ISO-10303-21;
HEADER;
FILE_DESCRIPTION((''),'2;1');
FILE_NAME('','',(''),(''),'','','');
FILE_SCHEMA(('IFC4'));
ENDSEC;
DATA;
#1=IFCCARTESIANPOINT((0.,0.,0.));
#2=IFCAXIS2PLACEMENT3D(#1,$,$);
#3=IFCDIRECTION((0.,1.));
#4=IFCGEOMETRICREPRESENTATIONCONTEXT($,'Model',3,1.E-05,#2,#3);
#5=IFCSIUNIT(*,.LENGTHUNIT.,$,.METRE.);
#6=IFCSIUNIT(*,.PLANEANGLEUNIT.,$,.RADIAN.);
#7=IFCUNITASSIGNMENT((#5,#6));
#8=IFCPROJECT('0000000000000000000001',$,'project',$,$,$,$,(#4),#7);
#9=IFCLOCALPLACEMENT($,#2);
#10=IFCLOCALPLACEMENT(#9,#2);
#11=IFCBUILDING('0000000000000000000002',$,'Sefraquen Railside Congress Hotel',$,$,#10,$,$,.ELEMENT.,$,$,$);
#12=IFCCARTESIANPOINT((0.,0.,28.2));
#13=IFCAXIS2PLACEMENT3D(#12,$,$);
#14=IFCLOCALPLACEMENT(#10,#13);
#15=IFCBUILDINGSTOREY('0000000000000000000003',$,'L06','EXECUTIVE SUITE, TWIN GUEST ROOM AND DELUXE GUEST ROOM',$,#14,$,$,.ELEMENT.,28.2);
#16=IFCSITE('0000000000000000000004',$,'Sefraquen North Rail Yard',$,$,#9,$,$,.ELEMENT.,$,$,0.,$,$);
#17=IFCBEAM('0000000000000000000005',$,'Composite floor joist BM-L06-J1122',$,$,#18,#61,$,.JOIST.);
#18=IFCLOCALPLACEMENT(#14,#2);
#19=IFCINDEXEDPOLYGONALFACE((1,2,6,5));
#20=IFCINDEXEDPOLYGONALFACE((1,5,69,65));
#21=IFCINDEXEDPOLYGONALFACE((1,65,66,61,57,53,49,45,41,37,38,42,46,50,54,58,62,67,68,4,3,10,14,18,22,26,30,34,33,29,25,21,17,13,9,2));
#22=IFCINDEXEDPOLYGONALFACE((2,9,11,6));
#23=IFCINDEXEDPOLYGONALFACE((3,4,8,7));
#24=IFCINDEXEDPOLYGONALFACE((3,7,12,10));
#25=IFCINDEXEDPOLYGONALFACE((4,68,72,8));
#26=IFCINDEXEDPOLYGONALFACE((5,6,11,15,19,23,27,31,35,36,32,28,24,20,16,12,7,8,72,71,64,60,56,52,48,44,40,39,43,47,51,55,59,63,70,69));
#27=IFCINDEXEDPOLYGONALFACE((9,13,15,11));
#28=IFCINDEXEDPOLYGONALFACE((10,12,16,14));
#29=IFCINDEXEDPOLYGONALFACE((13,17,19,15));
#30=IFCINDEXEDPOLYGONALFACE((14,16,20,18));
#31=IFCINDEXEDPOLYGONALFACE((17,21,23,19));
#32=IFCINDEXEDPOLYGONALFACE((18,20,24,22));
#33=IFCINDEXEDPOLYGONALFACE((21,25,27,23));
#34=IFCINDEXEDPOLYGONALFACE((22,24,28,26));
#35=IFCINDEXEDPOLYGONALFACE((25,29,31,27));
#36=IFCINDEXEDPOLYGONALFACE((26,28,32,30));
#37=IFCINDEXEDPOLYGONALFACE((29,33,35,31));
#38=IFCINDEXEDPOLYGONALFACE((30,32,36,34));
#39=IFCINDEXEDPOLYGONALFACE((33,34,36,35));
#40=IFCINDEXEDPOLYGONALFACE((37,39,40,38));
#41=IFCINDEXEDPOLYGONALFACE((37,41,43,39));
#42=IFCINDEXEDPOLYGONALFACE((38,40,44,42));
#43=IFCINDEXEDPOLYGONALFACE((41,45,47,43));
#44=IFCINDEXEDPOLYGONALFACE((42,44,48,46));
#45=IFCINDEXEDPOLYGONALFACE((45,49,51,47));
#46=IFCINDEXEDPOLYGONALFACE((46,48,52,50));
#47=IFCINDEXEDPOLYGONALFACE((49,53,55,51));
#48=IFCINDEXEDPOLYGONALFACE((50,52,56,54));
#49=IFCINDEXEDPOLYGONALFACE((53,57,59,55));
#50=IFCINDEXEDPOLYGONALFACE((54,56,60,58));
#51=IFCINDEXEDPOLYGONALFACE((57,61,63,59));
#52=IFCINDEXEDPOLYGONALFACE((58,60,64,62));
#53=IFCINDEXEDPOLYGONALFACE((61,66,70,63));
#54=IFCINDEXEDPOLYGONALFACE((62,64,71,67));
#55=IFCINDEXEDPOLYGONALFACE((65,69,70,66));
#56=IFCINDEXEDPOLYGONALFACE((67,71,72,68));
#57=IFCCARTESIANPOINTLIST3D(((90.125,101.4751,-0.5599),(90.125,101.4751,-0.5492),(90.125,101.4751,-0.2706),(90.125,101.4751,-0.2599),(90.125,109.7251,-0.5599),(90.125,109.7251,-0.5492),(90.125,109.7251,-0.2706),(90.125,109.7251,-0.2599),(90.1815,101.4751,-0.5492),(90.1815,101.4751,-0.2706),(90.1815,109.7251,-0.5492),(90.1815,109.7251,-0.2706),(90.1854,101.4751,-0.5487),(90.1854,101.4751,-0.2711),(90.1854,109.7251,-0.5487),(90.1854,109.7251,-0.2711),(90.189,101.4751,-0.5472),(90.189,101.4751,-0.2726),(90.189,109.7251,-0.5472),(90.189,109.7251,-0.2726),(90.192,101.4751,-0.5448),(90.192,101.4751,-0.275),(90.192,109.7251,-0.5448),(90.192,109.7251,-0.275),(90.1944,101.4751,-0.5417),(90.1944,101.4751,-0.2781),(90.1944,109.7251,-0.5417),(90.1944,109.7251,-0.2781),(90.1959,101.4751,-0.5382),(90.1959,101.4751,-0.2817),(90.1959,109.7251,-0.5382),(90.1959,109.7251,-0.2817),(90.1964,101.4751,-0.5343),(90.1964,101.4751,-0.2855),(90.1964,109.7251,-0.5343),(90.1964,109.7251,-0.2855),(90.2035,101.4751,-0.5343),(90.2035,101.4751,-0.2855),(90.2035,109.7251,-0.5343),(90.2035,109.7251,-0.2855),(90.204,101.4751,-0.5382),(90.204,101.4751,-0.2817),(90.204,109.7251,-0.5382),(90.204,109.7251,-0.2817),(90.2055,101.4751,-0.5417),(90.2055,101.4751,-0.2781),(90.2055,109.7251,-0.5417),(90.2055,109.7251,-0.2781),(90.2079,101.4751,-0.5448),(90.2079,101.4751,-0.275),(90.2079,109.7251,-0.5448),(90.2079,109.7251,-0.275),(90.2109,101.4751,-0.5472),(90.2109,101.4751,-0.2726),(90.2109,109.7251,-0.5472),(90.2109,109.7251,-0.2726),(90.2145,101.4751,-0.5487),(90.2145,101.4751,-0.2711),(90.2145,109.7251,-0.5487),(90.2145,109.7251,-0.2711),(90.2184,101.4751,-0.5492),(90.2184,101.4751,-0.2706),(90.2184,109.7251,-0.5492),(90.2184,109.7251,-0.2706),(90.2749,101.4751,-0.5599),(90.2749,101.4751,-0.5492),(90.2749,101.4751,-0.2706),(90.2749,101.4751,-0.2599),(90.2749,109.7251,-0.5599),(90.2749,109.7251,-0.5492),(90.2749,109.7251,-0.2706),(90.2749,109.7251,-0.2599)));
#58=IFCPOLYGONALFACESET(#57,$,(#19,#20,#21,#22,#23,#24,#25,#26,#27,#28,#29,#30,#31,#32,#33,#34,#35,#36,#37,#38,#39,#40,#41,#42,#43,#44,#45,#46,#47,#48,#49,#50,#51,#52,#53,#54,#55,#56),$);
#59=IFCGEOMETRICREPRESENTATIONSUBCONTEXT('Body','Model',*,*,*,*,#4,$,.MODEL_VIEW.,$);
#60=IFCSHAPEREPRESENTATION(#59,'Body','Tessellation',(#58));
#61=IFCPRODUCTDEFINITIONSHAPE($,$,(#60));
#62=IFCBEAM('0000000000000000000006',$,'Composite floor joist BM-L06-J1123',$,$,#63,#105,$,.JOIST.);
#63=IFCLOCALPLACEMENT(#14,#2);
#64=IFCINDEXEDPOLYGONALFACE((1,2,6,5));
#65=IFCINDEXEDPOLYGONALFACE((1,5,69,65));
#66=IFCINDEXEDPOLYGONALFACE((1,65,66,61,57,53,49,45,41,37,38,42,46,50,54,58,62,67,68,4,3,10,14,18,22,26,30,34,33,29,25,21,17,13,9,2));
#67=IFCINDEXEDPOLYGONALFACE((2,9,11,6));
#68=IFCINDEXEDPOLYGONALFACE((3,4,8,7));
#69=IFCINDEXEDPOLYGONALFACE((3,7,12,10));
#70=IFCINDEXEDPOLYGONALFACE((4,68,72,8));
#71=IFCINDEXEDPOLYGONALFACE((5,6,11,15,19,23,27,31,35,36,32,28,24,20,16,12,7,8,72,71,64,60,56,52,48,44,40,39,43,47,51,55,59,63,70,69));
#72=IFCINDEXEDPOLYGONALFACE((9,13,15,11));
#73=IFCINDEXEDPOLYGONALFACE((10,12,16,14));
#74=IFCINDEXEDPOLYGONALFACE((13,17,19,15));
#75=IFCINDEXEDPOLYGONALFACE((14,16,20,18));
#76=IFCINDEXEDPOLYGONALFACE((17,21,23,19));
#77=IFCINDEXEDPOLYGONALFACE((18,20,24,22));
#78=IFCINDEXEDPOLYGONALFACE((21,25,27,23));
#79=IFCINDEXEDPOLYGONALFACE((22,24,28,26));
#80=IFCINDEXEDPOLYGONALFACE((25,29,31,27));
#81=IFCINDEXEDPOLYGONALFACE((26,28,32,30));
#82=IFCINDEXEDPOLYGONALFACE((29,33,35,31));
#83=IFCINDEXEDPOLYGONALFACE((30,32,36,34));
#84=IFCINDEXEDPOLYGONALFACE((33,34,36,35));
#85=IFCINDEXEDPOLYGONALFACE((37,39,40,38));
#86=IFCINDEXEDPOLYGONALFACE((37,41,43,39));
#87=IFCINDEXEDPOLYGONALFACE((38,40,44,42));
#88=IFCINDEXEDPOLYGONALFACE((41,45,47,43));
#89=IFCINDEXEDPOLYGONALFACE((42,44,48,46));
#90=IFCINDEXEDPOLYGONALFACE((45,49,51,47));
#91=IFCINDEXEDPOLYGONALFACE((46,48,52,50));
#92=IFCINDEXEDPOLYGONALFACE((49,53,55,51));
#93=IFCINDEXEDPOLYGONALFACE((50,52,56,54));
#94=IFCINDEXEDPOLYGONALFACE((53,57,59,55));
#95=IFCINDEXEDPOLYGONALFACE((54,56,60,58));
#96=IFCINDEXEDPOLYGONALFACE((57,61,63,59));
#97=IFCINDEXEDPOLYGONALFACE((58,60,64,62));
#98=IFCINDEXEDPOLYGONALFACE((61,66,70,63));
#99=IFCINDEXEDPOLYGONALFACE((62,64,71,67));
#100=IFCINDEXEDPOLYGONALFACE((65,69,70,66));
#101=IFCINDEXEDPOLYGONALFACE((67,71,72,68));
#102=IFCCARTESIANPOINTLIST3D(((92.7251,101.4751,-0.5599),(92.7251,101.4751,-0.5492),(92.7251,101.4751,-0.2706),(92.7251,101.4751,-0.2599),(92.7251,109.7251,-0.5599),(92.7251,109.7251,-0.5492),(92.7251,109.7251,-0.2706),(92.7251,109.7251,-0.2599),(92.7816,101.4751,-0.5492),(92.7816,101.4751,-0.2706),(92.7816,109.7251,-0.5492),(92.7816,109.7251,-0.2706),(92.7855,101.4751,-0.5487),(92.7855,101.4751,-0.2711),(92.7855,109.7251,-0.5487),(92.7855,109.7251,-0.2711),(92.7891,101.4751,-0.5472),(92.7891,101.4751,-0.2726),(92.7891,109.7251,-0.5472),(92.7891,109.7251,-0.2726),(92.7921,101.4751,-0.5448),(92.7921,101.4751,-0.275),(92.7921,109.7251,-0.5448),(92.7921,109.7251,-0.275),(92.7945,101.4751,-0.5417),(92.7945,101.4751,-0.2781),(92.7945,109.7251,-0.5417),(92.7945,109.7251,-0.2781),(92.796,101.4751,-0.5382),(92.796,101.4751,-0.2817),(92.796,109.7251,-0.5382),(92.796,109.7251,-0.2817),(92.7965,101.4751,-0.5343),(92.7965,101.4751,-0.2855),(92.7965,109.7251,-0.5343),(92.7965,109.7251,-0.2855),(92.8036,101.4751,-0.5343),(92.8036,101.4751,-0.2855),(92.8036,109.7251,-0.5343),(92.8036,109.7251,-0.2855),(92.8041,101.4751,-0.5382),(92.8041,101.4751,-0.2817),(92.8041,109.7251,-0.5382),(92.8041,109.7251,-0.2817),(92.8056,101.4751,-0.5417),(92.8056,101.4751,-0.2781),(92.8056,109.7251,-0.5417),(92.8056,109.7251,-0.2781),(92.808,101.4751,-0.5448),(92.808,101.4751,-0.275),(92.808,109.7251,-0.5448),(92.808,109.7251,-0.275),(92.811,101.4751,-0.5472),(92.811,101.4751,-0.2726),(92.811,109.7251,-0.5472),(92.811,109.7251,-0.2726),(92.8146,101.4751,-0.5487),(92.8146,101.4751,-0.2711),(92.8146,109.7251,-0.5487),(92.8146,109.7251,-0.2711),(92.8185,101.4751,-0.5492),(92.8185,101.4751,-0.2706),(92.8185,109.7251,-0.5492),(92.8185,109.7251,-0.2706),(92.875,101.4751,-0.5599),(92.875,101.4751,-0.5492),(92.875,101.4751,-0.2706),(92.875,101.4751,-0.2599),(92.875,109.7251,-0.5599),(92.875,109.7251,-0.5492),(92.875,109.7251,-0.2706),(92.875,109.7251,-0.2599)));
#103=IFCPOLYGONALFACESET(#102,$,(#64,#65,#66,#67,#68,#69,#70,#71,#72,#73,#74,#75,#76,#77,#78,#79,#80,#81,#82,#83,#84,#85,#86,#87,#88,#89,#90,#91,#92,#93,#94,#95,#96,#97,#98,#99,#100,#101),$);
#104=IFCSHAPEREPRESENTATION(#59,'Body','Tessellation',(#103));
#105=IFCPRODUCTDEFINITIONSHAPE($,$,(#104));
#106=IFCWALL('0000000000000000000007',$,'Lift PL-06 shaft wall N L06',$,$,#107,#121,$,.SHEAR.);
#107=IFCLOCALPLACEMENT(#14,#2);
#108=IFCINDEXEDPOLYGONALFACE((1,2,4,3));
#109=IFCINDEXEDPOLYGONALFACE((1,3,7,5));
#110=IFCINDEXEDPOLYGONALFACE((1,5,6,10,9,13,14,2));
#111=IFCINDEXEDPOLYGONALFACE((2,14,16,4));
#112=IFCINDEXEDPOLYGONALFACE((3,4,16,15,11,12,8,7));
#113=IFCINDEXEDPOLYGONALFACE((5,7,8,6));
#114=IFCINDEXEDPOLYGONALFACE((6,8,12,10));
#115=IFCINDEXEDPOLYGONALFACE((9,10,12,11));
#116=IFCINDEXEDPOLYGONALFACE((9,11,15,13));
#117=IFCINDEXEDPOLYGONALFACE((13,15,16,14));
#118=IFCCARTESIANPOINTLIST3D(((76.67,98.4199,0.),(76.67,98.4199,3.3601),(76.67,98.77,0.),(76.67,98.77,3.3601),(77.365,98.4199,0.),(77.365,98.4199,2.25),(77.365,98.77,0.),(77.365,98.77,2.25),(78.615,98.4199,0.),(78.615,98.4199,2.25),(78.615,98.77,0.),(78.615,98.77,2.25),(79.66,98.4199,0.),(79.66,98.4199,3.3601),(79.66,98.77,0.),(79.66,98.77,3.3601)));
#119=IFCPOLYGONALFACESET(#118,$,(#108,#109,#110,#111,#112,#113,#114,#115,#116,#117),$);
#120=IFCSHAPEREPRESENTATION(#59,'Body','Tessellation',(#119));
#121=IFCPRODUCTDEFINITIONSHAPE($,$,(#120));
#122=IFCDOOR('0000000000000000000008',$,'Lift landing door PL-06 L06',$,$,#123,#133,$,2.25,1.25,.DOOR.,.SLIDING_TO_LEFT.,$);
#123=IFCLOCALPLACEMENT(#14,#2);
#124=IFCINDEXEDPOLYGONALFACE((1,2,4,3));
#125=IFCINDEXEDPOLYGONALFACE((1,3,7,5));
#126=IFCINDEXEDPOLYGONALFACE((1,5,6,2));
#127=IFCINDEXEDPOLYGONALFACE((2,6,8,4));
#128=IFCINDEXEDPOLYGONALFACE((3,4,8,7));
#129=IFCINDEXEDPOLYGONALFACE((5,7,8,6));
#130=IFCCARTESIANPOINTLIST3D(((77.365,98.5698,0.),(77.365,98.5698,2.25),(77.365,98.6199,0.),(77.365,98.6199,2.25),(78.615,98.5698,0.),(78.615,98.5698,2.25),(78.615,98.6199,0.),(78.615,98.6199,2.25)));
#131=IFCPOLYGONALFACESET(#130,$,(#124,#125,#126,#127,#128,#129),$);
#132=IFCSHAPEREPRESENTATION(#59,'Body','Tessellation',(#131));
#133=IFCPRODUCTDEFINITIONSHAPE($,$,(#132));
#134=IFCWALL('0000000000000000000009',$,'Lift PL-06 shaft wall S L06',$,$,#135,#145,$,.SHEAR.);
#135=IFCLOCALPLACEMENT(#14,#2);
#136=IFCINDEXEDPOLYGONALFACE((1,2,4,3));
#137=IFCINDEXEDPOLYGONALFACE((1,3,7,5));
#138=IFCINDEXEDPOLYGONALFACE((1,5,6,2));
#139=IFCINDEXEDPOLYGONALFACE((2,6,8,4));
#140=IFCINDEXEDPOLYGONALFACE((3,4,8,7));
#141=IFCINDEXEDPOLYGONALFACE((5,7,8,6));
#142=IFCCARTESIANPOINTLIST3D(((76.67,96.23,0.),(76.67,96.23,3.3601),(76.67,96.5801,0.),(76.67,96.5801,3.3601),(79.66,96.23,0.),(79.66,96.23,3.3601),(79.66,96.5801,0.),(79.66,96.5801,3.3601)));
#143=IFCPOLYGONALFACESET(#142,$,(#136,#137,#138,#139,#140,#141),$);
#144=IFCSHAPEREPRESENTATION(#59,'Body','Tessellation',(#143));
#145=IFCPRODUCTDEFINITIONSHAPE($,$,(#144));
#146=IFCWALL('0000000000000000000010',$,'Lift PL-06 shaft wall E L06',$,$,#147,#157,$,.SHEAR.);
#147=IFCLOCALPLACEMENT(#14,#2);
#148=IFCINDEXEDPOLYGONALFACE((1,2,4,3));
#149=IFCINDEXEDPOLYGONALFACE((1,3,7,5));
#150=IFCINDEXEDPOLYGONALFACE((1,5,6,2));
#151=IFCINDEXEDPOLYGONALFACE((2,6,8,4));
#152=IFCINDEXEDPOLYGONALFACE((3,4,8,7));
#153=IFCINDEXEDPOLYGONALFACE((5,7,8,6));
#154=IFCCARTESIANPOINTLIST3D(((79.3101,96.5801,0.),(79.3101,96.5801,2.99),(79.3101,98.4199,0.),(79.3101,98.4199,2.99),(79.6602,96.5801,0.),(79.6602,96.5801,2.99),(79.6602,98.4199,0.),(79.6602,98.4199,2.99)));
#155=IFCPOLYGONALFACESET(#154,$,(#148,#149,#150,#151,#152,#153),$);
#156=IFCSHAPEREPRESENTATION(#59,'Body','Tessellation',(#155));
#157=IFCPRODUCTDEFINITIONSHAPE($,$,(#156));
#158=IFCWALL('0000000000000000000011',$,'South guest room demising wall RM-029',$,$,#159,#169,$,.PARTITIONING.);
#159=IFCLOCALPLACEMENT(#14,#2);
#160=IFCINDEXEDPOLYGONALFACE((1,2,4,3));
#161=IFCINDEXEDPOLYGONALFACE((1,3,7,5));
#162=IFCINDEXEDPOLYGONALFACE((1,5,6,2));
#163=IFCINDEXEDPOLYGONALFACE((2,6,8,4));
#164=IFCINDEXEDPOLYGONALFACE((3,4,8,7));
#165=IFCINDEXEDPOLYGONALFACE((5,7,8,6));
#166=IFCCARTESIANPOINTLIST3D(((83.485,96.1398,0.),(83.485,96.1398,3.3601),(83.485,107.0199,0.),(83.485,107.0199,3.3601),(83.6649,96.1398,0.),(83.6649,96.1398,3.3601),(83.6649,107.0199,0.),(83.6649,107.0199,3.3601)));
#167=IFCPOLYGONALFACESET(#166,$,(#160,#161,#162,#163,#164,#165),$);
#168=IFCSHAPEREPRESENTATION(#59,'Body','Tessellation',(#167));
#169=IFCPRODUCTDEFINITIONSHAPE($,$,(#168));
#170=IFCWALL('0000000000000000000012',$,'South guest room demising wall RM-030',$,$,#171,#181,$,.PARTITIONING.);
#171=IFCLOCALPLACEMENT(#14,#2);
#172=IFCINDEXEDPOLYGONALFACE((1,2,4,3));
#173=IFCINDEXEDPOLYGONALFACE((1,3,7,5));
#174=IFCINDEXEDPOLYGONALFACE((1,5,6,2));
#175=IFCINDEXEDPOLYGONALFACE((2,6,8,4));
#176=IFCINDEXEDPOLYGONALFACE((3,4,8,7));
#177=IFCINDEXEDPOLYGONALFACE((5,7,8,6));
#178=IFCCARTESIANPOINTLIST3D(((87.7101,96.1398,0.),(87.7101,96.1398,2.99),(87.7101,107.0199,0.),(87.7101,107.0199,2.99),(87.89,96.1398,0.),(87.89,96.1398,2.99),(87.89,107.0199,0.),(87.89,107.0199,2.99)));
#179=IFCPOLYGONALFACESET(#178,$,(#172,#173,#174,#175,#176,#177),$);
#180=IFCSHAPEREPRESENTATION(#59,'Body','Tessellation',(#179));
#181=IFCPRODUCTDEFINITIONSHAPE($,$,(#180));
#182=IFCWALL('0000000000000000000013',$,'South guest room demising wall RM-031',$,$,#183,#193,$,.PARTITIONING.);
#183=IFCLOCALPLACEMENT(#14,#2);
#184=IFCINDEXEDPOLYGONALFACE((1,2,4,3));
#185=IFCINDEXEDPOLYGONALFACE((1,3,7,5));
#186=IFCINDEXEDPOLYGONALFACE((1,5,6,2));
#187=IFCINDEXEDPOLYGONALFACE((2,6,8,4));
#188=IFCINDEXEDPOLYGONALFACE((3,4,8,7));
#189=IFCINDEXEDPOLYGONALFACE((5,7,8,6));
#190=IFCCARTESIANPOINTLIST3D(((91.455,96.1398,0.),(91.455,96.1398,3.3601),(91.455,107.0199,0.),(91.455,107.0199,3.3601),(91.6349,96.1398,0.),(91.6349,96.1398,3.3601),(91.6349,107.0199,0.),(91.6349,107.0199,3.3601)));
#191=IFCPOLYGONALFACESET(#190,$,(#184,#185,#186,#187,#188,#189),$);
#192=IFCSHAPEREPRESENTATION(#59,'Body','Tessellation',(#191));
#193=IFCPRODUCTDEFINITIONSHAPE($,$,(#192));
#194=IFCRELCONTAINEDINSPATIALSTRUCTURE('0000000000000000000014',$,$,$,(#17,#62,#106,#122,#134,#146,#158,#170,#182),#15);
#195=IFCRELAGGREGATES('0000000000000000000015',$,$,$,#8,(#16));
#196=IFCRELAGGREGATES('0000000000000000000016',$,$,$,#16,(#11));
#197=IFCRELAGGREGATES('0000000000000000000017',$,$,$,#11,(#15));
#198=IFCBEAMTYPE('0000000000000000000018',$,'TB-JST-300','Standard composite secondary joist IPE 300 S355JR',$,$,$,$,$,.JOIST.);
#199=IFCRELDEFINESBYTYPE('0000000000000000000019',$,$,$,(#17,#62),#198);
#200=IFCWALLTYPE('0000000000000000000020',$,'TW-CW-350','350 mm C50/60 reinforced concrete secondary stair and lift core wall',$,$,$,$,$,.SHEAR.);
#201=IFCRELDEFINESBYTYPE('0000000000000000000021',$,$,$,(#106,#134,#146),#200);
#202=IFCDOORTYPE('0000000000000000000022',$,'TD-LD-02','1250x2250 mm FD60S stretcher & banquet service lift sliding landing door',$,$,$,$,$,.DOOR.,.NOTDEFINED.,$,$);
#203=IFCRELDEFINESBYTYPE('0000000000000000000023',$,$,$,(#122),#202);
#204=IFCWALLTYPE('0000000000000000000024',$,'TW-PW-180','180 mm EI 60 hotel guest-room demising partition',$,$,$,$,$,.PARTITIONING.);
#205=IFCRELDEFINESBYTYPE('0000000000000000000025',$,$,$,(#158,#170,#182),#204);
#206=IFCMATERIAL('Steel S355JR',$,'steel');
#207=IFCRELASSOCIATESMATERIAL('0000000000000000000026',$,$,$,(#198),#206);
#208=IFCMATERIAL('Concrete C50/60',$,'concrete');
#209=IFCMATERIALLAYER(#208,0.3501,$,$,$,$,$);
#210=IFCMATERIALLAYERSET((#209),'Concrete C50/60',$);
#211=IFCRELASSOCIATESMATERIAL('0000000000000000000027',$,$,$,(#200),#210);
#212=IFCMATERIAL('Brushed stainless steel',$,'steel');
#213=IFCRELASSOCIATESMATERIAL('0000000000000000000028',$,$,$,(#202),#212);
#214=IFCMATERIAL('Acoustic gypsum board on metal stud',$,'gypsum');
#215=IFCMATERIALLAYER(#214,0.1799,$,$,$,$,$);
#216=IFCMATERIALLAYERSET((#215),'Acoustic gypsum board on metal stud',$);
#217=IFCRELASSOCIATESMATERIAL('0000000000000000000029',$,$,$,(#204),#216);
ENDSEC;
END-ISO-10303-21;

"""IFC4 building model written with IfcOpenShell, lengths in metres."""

from ifc_helpers import new_model, si_unit, direction, frame, frame_2d, origin, origin_2d, place, context, subcontext, project, spatial, rectangle, i_section, extrude, material, layer, layer_set, material_profile, profile_set, type_object, element, fill, save


model = new_model("IFC4")

# Units and contexts
model_context = context("Model", 3, precision=1e-05, world=origin(), true_north=direction((0.0, 1.0)))
body_context = subcontext(model_context, "Body", "Model", "MODEL_VIEW")
ifc_project = project(units=[si_unit("LENGTHUNIT", "METRE"), si_unit("PLANEANGLEUNIT", "RADIAN")], contexts=[model_context])

# Site, building, storey
site_placement = place(None, origin())
site = spatial("IfcSite", under=ifc_project, at=site_placement, Name="Sefraquen North Rail Yard", CompositionType="ELEMENT", RefElevation=0.0)
building_placement = place(site_placement, origin())
building = spatial("IfcBuilding", under=site, at=building_placement, Name="Sefraquen Railside Congress Hotel", CompositionType="ELEMENT")
storey_placement = place(building_placement, frame((0.0, 0.0, 28.2)))
storey = spatial("IfcBuildingStorey", under=building, at=storey_placement, Name="L06", Description="EXECUTIVE SUITE, TWIN GUEST ROOM AND DELUXE GUEST ROOM", CompositionType="ELEMENT", Elevation=28.2)

# Shared definitions
ifc_material_1 = material(Name="Steel S355JR", Category="steel")

# Beams
ifc_material_profile_1 = material_profile(ifc_material_1, i_section(OverallWidth=0.1499, OverallDepth=0.3, WebThickness=0.0071, FlangeThickness=0.0107, FilletRadius=0.0149, at=origin_2d()), Name="IPE 300")
ifc_profile_set_1 = profile_set([ifc_material_profile_1], Name="Steel S355JR")
beam_type_1 = type_object("IfcBeamType", Name="TB-JST-300", Description="Standard composite secondary joist IPE 300 S355JR", PredefinedType="JOIST", material=ifc_profile_set_1)
for number, where, z_axis, x_axis, name in (
    (1, (90.2, 101.4751, -0.4099), (0.0, 1.0, 0.0), (-1.0, 0.0, 0.0), "Composite floor joist BM-L06-J1122"),
    (2, (92.8, 101.4751, -0.4099), (0.0, 1.0, 0.0), (-1.0, 0.0, 0.0), "Composite floor joist BM-L06-J1123"),
):
    element("IfcBeam", number, at=place(storey_placement, frame(where, z_axis=z_axis, x_axis=x_axis)), inside=storey, type_object=beam_type_1, Name=name, PredefinedType="JOIST", context=body_context, shape_type="SweptSolid", body=[
        extrude(i_section(OverallWidth=0.1499, OverallDepth=0.3, WebThickness=0.0071, FlangeThickness=0.0107, FilletRadius=0.0149, at=origin_2d()), origin(), (0.0, 0.0, 1.0), 8.25),
    ])

# Wall, opening, door
ifc_material_2 = material(Name="Concrete C50/60", Category="concrete")
ifc_layer_1 = layer(ifc_material_2, 0.3501)
ifc_layer_set_1 = layer_set([ifc_layer_1], Name="Concrete C50/60")
wall_type_1 = type_object("IfcWallType", Name="TW-CW-350", Description="350 mm C50/60 reinforced concrete secondary stair and lift core wall", PredefinedType="SHEAR", material=ifc_layer_set_1)
wall_1_placement = place(storey_placement, frame((76.6699, 98.595, 0.0), z_axis=(0.0, 0.0, 1.0), x_axis=(1.0, 0.0, 0.0)))
wall_1 = element("IfcWall", 3, at=wall_1_placement, inside=storey, type_object=wall_type_1, Name="Lift PL-06 shaft wall N L06", PredefinedType="SHEAR", context=body_context, shape_type="SweptSolid", body=[
    extrude(rectangle(XDim=2.99, YDim=0.3501, at=frame_2d((1.4951, 0.0))), origin(), (0.0, 0.0, 1.0), 3.3601),
])
opening_placement = place(wall_1_placement, frame((0.6951, 0.0, 0.0)))
opening = element("IfcOpeningElement", 4, at=opening_placement, cuts=wall_1, PredefinedType="OPENING", context=body_context, shape_type="SweptSolid", body=[
    extrude(rectangle(XDim=1.25, YDim=2.25, at=frame_2d((0.625, 1.125))), frame((0.0, 0.1851, 0.0), z_axis=(0.0, -1.0, 0.0), x_axis=(1.0, 0.0, 0.0)), (0.0, 0.0, 1.0), 0.3701),
])
ifc_material_3 = material(Name="Brushed stainless steel", Category="steel")
door_type = type_object("IfcDoorType", Name="TD-LD-02", Description="1250x2250 mm FD60S stretcher & banquet service lift sliding landing door", OperationType="NOTDEFINED", PredefinedType="DOOR", material=ifc_material_3)
door_placement = place(opening_placement, origin())
door = element("IfcDoor", 5, at=door_placement, inside=storey, type_object=door_type, Name="Lift landing door PL-06 L06", OperationType="SLIDING_TO_LEFT", OverallHeight=2.25, OverallWidth=1.25, PredefinedType="DOOR", context=body_context, shape_type="SweptSolid", body=[
    extrude(rectangle(XDim=1.25, YDim=2.25, at=frame_2d((0.625, 1.125))), frame((0.0, 0.0249, 0.0), z_axis=(0.0, -1.0, 0.0), x_axis=(1.0, 0.0, 0.0)), (0.0, 0.0, 1.0), 0.05),
])
fill(opening, door)

# Walls
wall_2_placement = place(storey_placement, frame((76.6699, 96.405, 0.0), z_axis=(0.0, 0.0, 1.0), x_axis=(1.0, 0.0, 0.0)))
element("IfcWall", 6, at=wall_2_placement, inside=storey, type_object=wall_type_1, Name="Lift PL-06 shaft wall S L06", PredefinedType="SHEAR", context=body_context, shape_type="SweptSolid", body=[
    extrude(rectangle(XDim=2.99, YDim=0.3501, at=frame_2d((1.4951, 0.0))), origin(), (0.0, 0.0, 1.0), 3.3601),
])
wall_3_placement = place(storey_placement, frame((79.4851, 96.5801, 0.0), z_axis=(0.0, 0.0, 1.0), x_axis=(0.0, 1.0, 0.0)))
element("IfcWall", 7, at=wall_3_placement, inside=storey, type_object=wall_type_1, Name="Lift PL-06 shaft wall E L06", PredefinedType="SHEAR", context=body_context, shape_type="SweptSolid", body=[
    extrude(rectangle(XDim=1.8398, YDim=0.3501, at=frame_2d((0.9199, 0.0))), origin(), (0.0, 0.0, 1.0), 2.99),
])
ifc_material_4 = material(Name="Acoustic gypsum board on metal stud", Category="gypsum")
ifc_layer_2 = layer(ifc_material_4, 0.1799)
ifc_layer_set_2 = layer_set([ifc_layer_2], Name="Acoustic gypsum board on metal stud")
wall_type_2 = type_object("IfcWallType", Name="TW-PW-180", Description="180 mm EI 60 hotel guest-room demising partition", PredefinedType="PARTITIONING", material=ifc_layer_set_2)
wall_4_placement = place(storey_placement, frame((83.575, 96.1399, 0.0), z_axis=(0.0, 0.0, 1.0), x_axis=(0.0, 1.0, 0.0)))
element("IfcWall", 8, at=wall_4_placement, inside=storey, type_object=wall_type_2, Name="South guest room demising wall RM-029", PredefinedType="PARTITIONING", context=body_context, shape_type="SweptSolid", body=[
    extrude(rectangle(XDim=10.8801, YDim=0.1799, at=frame_2d((5.4399, 0.0))), origin(), (0.0, 0.0, 1.0), 3.3601),
])
wall_5_placement = place(storey_placement, frame((87.8, 96.1399, 0.0), z_axis=(0.0, 0.0, 1.0), x_axis=(0.0, 1.0, 0.0)))
element("IfcWall", 9, at=wall_5_placement, inside=storey, type_object=wall_type_2, Name="South guest room demising wall RM-030", PredefinedType="PARTITIONING", context=body_context, shape_type="SweptSolid", body=[
    extrude(rectangle(XDim=10.8801, YDim=0.1799, at=frame_2d((5.4399, 0.0))), origin(), (0.0, 0.0, 1.0), 2.99),
])
for number, where, z_axis, x_axis, name in (
    (10, (91.5449, 96.1399, 0.0), (0.0, 0.0, 1.0), (0.0, 1.0, 0.0), "South guest room demising wall RM-031"),
):
    element("IfcWall", number, at=place(storey_placement, frame(where, z_axis=z_axis, x_axis=x_axis)), inside=storey, type_object=wall_type_2, Name=name, PredefinedType="PARTITIONING", context=body_context, shape_type="SweptSolid", body=[
        extrude(rectangle(XDim=10.8801, YDim=0.1799, at=frame_2d((5.4399, 0.0))), origin(), (0.0, 0.0, 1.0), 3.3601),
    ])

save(model, "model.ifc")
